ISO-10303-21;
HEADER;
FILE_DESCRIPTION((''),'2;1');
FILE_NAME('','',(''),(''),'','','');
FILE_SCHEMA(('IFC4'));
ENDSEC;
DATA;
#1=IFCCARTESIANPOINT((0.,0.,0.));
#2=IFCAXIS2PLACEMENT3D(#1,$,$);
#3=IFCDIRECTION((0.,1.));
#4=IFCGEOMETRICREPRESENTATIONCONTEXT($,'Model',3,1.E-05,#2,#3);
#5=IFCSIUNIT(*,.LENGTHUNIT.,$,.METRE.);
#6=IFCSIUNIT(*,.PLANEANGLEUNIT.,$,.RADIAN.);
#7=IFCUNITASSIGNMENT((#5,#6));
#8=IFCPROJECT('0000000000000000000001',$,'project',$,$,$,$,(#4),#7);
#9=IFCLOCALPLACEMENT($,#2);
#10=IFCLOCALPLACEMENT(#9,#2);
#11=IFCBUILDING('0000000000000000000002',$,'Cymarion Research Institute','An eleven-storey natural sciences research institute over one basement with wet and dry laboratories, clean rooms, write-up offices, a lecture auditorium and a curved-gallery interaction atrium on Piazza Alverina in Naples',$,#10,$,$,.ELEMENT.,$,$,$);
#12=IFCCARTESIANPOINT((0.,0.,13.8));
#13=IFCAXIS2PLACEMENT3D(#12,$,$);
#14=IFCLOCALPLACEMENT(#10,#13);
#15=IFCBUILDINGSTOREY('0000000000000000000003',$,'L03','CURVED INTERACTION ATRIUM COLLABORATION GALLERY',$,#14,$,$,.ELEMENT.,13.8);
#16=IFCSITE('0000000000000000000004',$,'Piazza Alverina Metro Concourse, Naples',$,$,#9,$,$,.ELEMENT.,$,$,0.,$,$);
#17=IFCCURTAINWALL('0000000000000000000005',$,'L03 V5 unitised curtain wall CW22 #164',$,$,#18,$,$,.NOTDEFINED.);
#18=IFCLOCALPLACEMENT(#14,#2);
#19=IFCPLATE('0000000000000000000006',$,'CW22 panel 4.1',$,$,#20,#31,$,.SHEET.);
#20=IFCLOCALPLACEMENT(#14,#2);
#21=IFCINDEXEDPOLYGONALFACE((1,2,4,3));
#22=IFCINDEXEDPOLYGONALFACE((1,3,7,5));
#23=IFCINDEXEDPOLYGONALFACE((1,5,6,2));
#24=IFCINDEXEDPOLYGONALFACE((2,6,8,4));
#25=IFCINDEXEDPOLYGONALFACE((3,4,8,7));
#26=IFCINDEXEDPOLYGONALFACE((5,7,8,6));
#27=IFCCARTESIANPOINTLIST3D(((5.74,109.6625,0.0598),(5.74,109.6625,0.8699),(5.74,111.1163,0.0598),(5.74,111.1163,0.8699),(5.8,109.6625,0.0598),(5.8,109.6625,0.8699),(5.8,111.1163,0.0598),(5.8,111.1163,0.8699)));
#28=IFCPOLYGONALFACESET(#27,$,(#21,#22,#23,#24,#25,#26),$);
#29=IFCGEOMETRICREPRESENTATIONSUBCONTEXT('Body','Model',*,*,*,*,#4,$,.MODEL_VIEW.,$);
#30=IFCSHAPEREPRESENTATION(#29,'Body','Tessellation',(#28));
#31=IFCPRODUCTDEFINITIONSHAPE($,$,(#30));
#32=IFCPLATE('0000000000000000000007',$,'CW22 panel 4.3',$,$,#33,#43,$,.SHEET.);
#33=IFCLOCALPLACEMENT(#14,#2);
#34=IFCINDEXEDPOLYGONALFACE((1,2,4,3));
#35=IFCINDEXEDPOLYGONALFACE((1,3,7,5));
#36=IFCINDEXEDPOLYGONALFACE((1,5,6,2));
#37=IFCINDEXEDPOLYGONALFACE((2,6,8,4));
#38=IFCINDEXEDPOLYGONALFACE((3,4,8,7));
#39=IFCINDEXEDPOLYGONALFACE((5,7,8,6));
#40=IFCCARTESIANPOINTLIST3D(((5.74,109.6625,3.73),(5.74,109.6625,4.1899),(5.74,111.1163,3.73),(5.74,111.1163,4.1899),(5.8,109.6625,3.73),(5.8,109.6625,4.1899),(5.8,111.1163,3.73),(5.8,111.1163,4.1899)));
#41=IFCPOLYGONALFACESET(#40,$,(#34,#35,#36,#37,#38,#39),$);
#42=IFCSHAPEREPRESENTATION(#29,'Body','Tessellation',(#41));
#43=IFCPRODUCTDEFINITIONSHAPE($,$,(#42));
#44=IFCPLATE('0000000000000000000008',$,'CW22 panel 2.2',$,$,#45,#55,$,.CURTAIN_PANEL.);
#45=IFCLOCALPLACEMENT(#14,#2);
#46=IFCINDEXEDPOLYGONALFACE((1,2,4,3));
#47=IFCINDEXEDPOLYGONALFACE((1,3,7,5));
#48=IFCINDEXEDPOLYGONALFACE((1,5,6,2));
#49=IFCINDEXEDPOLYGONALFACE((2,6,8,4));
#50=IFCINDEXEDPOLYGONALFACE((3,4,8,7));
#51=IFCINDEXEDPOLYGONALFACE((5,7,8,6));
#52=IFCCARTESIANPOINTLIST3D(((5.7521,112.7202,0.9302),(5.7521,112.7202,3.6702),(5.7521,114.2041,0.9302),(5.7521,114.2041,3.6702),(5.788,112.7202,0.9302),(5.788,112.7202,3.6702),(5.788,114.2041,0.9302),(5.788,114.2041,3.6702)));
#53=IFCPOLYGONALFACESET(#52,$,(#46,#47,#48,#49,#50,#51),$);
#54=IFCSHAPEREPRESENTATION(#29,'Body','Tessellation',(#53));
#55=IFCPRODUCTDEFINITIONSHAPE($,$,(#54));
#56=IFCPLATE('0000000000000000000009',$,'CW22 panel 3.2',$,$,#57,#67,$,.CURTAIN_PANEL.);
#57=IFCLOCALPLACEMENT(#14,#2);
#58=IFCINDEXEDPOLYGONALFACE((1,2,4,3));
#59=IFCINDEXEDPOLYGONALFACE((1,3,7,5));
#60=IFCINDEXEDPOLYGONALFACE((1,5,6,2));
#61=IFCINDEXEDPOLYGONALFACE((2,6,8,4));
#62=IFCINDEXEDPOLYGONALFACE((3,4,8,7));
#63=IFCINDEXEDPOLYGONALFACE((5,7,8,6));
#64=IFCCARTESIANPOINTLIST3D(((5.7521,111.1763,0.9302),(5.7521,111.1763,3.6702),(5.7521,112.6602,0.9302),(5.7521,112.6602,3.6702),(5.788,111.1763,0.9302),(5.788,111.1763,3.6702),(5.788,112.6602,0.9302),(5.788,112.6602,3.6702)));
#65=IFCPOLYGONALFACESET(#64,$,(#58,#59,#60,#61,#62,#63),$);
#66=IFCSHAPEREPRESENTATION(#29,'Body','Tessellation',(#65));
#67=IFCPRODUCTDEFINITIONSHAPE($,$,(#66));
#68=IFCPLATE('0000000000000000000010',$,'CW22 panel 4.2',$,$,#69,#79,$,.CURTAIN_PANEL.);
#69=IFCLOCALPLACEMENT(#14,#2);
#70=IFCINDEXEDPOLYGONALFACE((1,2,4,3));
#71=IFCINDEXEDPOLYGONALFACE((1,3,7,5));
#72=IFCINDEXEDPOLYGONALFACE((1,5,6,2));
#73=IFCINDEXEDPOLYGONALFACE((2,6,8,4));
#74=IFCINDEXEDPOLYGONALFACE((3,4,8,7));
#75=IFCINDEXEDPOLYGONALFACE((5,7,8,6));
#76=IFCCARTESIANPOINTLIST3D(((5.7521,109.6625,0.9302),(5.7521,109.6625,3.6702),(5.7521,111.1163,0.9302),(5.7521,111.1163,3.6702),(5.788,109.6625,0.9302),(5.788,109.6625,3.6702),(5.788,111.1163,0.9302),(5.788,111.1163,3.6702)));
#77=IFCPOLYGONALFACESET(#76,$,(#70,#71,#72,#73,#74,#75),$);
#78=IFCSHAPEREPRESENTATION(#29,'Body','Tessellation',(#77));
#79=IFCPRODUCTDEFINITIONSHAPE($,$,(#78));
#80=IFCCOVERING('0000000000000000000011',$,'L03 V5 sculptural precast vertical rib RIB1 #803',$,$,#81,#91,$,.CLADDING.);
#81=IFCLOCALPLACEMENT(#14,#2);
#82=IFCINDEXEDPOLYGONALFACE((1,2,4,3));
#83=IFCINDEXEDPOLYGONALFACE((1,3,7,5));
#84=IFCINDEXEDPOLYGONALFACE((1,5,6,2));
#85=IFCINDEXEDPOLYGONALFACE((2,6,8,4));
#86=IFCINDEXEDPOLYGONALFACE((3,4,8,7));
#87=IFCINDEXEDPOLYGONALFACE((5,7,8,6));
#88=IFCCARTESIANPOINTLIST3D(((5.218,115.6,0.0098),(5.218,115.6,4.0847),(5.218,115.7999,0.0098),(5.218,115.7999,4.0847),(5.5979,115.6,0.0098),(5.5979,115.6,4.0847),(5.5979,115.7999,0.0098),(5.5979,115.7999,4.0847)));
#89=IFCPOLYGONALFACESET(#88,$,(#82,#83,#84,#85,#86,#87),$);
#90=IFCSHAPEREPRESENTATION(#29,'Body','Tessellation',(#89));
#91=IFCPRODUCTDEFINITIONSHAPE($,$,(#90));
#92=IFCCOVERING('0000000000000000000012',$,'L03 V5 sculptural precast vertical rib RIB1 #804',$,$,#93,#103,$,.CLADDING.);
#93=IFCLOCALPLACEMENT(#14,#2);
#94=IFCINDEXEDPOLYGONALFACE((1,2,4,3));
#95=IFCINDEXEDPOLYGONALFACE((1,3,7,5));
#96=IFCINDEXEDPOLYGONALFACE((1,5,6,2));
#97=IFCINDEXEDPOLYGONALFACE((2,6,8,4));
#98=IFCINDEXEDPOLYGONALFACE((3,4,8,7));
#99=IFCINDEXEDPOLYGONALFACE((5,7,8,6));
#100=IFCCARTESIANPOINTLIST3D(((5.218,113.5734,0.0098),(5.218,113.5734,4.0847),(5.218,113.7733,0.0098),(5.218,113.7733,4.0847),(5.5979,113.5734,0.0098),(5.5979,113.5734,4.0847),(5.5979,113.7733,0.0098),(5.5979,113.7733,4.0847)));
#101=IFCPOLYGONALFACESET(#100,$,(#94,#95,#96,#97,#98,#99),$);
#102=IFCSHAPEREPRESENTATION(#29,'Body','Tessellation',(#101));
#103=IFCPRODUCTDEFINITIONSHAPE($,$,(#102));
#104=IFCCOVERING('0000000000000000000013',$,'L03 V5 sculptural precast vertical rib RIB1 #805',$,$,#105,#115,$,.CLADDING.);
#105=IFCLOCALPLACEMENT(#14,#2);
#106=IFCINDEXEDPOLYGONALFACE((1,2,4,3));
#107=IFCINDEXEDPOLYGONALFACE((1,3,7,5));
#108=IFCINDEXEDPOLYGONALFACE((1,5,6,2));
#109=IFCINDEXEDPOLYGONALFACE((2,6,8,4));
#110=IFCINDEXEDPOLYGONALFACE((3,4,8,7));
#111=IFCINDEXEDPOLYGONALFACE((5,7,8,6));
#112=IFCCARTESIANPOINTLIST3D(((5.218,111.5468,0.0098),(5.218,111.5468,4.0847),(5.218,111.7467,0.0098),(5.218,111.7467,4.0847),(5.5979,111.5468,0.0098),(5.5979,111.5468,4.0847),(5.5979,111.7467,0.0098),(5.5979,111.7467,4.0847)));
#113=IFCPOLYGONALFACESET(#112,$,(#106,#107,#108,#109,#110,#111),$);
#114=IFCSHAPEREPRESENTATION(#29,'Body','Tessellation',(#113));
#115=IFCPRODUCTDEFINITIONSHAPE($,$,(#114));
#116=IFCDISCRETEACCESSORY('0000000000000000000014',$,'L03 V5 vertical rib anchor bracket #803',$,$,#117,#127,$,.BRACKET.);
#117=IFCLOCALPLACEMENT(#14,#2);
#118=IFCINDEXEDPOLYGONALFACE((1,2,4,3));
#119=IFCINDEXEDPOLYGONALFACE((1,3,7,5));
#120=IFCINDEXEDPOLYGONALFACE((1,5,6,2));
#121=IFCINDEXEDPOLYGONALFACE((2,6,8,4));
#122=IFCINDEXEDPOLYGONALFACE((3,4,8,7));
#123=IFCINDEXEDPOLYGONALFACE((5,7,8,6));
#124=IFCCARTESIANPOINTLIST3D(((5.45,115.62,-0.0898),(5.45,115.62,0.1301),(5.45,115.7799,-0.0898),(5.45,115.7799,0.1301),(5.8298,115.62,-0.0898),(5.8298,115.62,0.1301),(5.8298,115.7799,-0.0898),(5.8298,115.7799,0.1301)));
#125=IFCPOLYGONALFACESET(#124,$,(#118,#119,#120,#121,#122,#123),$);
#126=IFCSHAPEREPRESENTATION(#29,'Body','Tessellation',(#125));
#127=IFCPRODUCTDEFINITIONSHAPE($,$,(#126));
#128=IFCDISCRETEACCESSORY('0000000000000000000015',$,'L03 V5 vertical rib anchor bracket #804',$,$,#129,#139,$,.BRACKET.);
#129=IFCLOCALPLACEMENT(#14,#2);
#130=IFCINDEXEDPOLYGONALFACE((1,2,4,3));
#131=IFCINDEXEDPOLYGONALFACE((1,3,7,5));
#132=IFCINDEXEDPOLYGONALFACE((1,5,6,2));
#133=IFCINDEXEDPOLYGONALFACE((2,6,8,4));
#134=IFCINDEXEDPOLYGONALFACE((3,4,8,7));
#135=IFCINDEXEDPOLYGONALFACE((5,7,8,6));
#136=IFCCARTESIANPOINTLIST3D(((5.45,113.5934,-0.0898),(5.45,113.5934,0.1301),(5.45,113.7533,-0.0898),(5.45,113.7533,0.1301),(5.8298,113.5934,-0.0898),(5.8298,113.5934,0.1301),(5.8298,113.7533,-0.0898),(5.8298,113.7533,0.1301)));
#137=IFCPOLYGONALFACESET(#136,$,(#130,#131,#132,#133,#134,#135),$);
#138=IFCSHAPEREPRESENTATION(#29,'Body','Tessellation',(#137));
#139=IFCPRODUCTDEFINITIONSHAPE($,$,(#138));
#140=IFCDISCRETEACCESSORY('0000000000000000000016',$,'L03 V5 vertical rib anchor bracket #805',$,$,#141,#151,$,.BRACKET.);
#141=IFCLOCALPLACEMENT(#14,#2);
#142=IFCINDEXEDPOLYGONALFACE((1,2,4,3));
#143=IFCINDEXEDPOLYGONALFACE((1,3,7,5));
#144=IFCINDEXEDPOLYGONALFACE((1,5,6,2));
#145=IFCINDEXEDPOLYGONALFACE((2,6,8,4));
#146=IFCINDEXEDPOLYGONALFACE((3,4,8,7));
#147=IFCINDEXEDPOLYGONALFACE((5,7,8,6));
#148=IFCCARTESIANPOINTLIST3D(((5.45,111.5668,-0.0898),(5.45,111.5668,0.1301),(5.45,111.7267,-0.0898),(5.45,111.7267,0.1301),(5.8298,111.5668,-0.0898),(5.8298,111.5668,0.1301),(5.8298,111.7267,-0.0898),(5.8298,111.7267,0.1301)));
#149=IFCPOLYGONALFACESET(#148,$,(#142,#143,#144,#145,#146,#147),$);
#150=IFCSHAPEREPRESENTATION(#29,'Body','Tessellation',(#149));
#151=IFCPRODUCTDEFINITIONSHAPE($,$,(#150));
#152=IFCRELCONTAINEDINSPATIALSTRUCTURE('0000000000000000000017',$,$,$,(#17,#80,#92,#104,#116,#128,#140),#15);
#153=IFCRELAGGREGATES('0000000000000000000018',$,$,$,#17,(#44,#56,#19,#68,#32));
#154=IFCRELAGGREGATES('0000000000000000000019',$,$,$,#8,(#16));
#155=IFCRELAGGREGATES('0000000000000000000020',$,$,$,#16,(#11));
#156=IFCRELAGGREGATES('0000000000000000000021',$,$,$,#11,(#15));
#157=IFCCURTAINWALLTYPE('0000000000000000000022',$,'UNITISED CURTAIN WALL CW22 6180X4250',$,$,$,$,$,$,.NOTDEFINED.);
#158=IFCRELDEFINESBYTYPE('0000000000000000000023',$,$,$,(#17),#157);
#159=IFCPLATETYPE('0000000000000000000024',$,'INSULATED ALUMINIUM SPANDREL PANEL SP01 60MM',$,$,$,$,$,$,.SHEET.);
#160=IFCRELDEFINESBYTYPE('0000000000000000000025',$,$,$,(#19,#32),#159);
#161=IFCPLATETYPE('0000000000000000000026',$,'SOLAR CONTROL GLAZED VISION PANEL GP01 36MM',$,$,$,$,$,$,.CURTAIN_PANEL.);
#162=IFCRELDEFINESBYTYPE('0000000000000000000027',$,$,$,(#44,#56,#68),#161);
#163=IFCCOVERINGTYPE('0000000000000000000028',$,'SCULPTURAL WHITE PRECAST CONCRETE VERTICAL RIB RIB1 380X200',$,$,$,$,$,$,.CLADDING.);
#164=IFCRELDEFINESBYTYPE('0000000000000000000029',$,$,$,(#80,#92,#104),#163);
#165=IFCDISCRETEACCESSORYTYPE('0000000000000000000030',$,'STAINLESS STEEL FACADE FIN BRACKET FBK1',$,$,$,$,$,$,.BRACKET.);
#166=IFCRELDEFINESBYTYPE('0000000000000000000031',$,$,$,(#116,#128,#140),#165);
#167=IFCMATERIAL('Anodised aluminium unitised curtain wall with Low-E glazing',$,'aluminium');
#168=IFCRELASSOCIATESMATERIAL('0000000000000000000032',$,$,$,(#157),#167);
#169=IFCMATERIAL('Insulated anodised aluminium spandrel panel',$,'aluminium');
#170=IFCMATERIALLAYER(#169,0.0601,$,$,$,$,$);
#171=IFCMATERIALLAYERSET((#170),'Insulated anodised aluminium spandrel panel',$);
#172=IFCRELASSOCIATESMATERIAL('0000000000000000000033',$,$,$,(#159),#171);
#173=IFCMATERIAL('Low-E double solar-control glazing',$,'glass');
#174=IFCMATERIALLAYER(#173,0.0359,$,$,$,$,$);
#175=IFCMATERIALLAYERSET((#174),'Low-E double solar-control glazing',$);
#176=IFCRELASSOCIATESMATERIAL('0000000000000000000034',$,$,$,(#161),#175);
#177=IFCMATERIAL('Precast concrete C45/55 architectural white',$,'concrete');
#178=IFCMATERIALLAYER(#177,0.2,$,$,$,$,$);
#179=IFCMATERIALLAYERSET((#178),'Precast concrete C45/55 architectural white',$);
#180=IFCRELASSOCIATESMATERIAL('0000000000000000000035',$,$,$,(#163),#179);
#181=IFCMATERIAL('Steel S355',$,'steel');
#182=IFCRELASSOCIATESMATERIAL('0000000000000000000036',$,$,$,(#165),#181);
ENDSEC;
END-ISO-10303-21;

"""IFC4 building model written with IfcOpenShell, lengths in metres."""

from ifc_helpers import new_model, si_unit, direction, frame, origin, origin_2d, place, context, subcontext, project, spatial, rectangle, extrude, material, layer, layer_set, type_object, element, aggregate, save


model = new_model("IFC4")

# Units and contexts
model_context = context("Model", 3, precision=1e-05, world=origin(), true_north=direction((0.0, 1.0)))
body_context = subcontext(model_context, "Body", "Model", "MODEL_VIEW")
ifc_project = project(units=[si_unit("LENGTHUNIT", "METRE"), si_unit("PLANEANGLEUNIT", "RADIAN")], contexts=[model_context])

# Site, building, storey
site_placement = place(None, origin())
site = spatial("IfcSite", under=ifc_project, at=site_placement, Name="Piazza Alverina Metro Concourse, Naples", CompositionType="ELEMENT", RefElevation=0.0)
building_placement = place(site_placement, origin())
building = spatial("IfcBuilding", under=site, at=building_placement, Name="Cymarion Research Institute", Description="An eleven-storey natural sciences research institute over one basement with wet and dry laboratories, clean rooms, write-up offices, a lecture auditorium and a curved-gallery interaction atrium on Piazza Alverina in Naples", CompositionType="ELEMENT")
storey_placement = place(building_placement, frame((0.0, 0.0, 13.8)))
storey = spatial("IfcBuildingStorey", under=building, at=storey_placement, Name="L03", Description="CURVED INTERACTION ATRIUM COLLABORATION GALLERY", CompositionType="ELEMENT", Elevation=13.8)

# Curtain wall, plates
ifc_material_1 = material(Name="Anodised aluminium unitised curtain wall with Low-E glazing", Category="aluminium")
curtain_wall_type = type_object("IfcCurtainWallType", Name="UNITISED CURTAIN WALL CW22 6180X4250", PredefinedType="NOTDEFINED", material=ifc_material_1)
curtain_wall_placement = place(storey_placement, origin())
curtain_wall = element("IfcCurtainWall", 1, at=curtain_wall_placement, inside=storey, type_object=curtain_wall_type, Name="L03 V5 unitised curtain wall CW22 #164", PredefinedType="NOTDEFINED")
ifc_material_2 = material(Name="Insulated anodised aluminium spandrel panel", Category="aluminium")
ifc_layer_1 = layer(ifc_material_2, 0.0601)
ifc_layer_set_1 = layer_set([ifc_layer_1], Name="Insulated anodised aluminium spandrel panel")
plate_type_1 = type_object("IfcPlateType", Name="INSULATED ALUMINIUM SPANDREL PANEL SP01 60MM", PredefinedType="SHEET", material=ifc_layer_set_1)
plate_1_placement = place(storey_placement, frame((5.77, 110.3894, 0.0598), z_axis=(0.0, 0.0, 1.0), x_axis=(0.0, -1.0, 0.0)))
plate_1 = element("IfcPlate", 2, at=plate_1_placement, type_object=plate_type_1, Name="CW22 panel 4.1", PredefinedType="SHEET", context=body_context, shape_type="SweptSolid", body=[
    extrude(rectangle(XDim=1.4539, YDim=0.0601, at=origin_2d()), origin(), (0.0, 0.0, 1.0), 0.8101),
])
plate_2_placement = place(storey_placement, frame((5.77, 110.3894, 3.73), z_axis=(0.0, 0.0, 1.0), x_axis=(0.0, -1.0, 0.0)))
plate_2 = element("IfcPlate", 3, at=plate_2_placement, type_object=plate_type_1, Name="CW22 panel 4.3", PredefinedType="SHEET", context=body_context, shape_type="SweptSolid", body=[
    extrude(rectangle(XDim=1.4539, YDim=0.0601, at=origin_2d()), origin(), (0.0, 0.0, 1.0), 0.46),
])
ifc_material_3 = material(Name="Low-E double solar-control glazing", Category="glass")
ifc_layer_2 = layer(ifc_material_3, 0.0359)
ifc_layer_set_2 = layer_set([ifc_layer_2], Name="Low-E double solar-control glazing")
plate_type_2 = type_object("IfcPlateType", Name="SOLAR CONTROL GLAZED VISION PANEL GP01 36MM", PredefinedType="CURTAIN_PANEL", material=ifc_layer_set_2)
plate_3_placement = place(storey_placement, frame((5.77, 113.4622, 0.9302), z_axis=(0.0, 0.0, 1.0), x_axis=(0.0, -1.0, 0.0)))
plate_3 = element("IfcPlate", 4, at=plate_3_placement, type_object=plate_type_2, Name="CW22 panel 2.2", PredefinedType="CURTAIN_PANEL", context=body_context, shape_type="SweptSolid", body=[
    extrude(rectangle(XDim=1.4839, YDim=0.0359, at=origin_2d()), origin(), (0.0, 0.0, 1.0), 2.74),
])
plate_4_placement = place(storey_placement, frame((5.77, 111.9182, 0.9302), z_axis=(0.0, 0.0, 1.0), x_axis=(0.0, -1.0, 0.0)))
plate_4 = element("IfcPlate", 5, at=plate_4_placement, type_object=plate_type_2, Name="CW22 panel 3.2", PredefinedType="CURTAIN_PANEL", context=body_context, shape_type="SweptSolid", body=[
    extrude(rectangle(XDim=1.4839, YDim=0.0359, at=origin_2d()), origin(), (0.0, 0.0, 1.0), 2.74),
])
plate_5_placement = place(storey_placement, frame((5.77, 110.3894, 0.9302), z_axis=(0.0, 0.0, 1.0), x_axis=(0.0, -1.0, 0.0)))
plate_5 = element("IfcPlate", 6, at=plate_5_placement, type_object=plate_type_2, Name="CW22 panel 4.2", PredefinedType="CURTAIN_PANEL", context=body_context, shape_type="SweptSolid", body=[
    extrude(rectangle(XDim=1.4539, YDim=0.0359, at=origin_2d()), origin(), (0.0, 0.0, 1.0), 2.74),
])
aggregate(curtain_wall, [plate_3, plate_4, plate_1, plate_5, plate_2])

# Coverings
ifc_material_4 = material(Name="Precast concrete C45/55 architectural white", Category="concrete")
ifc_layer_3 = layer(ifc_material_4, 0.2)
ifc_layer_set_3 = layer_set([ifc_layer_3], Name="Precast concrete C45/55 architectural white")
covering_type = type_object("IfcCoveringType", Name="SCULPTURAL WHITE PRECAST CONCRETE VERTICAL RIB RIB1 380X200", PredefinedType="CLADDING", material=ifc_layer_set_3)
for number, where, z_axis, x_axis, name in (
    (7, (5.408, 115.7, 0.0098), (0.0, 0.0, 1.0), (-1.0, 0.0, 0.0), "L03 V5 sculptural precast vertical rib RIB1 #803"),
    (8, (5.408, 113.6733, 0.0098), (0.0, 0.0, 1.0), (-1.0, 0.0, 0.0), "L03 V5 sculptural precast vertical rib RIB1 #804"),
    (9, (5.408, 111.6467, 0.0098), (0.0, 0.0, 1.0), (-1.0, 0.0, 0.0), "L03 V5 sculptural precast vertical rib RIB1 #805"),
):
    element("IfcCovering", number, at=place(storey_placement, frame(where, z_axis=z_axis, x_axis=x_axis)), inside=storey, type_object=covering_type, Name=name, PredefinedType="CLADDING", context=body_context, shape_type="SweptSolid", body=[
        extrude(rectangle(XDim=0.3799, YDim=0.2, at=origin_2d()), origin(), (0.0, 0.0, 1.0), 4.075),
    ])

# Discrete accessories
ifc_material_5 = material(Name="Steel S355", Category="steel")
discrete_accessory_type = type_object("IfcDiscreteAccessoryType", Name="STAINLESS STEEL FACADE FIN BRACKET FBK1", PredefinedType="BRACKET", material=ifc_material_5)
for number, where, z_axis, x_axis, name in (
    (10, (5.6399, 115.7, -0.0898), (0.0, 0.0, 1.0), (-1.0, 0.0, 0.0), "L03 V5 vertical rib anchor bracket #803"),
    (11, (5.6399, 113.6733, -0.0898), (0.0, 0.0, 1.0), (-1.0, 0.0, 0.0), "L03 V5 vertical rib anchor bracket #804"),
    (12, (5.6399, 111.6467, -0.0898), (0.0, 0.0, 1.0), (-1.0, 0.0, 0.0), "L03 V5 vertical rib anchor bracket #805"),
):
    element("IfcDiscreteAccessory", number, at=place(storey_placement, frame(where, z_axis=z_axis, x_axis=x_axis)), inside=storey, type_object=discrete_accessory_type, Name=name, PredefinedType="BRACKET", context=body_context, shape_type="SweptSolid", body=[
        extrude(rectangle(XDim=0.3799, YDim=0.1599, at=origin_2d()), origin(), (0.0, 0.0, 1.0), 0.22),
    ])

save(model, "model.ifc")
